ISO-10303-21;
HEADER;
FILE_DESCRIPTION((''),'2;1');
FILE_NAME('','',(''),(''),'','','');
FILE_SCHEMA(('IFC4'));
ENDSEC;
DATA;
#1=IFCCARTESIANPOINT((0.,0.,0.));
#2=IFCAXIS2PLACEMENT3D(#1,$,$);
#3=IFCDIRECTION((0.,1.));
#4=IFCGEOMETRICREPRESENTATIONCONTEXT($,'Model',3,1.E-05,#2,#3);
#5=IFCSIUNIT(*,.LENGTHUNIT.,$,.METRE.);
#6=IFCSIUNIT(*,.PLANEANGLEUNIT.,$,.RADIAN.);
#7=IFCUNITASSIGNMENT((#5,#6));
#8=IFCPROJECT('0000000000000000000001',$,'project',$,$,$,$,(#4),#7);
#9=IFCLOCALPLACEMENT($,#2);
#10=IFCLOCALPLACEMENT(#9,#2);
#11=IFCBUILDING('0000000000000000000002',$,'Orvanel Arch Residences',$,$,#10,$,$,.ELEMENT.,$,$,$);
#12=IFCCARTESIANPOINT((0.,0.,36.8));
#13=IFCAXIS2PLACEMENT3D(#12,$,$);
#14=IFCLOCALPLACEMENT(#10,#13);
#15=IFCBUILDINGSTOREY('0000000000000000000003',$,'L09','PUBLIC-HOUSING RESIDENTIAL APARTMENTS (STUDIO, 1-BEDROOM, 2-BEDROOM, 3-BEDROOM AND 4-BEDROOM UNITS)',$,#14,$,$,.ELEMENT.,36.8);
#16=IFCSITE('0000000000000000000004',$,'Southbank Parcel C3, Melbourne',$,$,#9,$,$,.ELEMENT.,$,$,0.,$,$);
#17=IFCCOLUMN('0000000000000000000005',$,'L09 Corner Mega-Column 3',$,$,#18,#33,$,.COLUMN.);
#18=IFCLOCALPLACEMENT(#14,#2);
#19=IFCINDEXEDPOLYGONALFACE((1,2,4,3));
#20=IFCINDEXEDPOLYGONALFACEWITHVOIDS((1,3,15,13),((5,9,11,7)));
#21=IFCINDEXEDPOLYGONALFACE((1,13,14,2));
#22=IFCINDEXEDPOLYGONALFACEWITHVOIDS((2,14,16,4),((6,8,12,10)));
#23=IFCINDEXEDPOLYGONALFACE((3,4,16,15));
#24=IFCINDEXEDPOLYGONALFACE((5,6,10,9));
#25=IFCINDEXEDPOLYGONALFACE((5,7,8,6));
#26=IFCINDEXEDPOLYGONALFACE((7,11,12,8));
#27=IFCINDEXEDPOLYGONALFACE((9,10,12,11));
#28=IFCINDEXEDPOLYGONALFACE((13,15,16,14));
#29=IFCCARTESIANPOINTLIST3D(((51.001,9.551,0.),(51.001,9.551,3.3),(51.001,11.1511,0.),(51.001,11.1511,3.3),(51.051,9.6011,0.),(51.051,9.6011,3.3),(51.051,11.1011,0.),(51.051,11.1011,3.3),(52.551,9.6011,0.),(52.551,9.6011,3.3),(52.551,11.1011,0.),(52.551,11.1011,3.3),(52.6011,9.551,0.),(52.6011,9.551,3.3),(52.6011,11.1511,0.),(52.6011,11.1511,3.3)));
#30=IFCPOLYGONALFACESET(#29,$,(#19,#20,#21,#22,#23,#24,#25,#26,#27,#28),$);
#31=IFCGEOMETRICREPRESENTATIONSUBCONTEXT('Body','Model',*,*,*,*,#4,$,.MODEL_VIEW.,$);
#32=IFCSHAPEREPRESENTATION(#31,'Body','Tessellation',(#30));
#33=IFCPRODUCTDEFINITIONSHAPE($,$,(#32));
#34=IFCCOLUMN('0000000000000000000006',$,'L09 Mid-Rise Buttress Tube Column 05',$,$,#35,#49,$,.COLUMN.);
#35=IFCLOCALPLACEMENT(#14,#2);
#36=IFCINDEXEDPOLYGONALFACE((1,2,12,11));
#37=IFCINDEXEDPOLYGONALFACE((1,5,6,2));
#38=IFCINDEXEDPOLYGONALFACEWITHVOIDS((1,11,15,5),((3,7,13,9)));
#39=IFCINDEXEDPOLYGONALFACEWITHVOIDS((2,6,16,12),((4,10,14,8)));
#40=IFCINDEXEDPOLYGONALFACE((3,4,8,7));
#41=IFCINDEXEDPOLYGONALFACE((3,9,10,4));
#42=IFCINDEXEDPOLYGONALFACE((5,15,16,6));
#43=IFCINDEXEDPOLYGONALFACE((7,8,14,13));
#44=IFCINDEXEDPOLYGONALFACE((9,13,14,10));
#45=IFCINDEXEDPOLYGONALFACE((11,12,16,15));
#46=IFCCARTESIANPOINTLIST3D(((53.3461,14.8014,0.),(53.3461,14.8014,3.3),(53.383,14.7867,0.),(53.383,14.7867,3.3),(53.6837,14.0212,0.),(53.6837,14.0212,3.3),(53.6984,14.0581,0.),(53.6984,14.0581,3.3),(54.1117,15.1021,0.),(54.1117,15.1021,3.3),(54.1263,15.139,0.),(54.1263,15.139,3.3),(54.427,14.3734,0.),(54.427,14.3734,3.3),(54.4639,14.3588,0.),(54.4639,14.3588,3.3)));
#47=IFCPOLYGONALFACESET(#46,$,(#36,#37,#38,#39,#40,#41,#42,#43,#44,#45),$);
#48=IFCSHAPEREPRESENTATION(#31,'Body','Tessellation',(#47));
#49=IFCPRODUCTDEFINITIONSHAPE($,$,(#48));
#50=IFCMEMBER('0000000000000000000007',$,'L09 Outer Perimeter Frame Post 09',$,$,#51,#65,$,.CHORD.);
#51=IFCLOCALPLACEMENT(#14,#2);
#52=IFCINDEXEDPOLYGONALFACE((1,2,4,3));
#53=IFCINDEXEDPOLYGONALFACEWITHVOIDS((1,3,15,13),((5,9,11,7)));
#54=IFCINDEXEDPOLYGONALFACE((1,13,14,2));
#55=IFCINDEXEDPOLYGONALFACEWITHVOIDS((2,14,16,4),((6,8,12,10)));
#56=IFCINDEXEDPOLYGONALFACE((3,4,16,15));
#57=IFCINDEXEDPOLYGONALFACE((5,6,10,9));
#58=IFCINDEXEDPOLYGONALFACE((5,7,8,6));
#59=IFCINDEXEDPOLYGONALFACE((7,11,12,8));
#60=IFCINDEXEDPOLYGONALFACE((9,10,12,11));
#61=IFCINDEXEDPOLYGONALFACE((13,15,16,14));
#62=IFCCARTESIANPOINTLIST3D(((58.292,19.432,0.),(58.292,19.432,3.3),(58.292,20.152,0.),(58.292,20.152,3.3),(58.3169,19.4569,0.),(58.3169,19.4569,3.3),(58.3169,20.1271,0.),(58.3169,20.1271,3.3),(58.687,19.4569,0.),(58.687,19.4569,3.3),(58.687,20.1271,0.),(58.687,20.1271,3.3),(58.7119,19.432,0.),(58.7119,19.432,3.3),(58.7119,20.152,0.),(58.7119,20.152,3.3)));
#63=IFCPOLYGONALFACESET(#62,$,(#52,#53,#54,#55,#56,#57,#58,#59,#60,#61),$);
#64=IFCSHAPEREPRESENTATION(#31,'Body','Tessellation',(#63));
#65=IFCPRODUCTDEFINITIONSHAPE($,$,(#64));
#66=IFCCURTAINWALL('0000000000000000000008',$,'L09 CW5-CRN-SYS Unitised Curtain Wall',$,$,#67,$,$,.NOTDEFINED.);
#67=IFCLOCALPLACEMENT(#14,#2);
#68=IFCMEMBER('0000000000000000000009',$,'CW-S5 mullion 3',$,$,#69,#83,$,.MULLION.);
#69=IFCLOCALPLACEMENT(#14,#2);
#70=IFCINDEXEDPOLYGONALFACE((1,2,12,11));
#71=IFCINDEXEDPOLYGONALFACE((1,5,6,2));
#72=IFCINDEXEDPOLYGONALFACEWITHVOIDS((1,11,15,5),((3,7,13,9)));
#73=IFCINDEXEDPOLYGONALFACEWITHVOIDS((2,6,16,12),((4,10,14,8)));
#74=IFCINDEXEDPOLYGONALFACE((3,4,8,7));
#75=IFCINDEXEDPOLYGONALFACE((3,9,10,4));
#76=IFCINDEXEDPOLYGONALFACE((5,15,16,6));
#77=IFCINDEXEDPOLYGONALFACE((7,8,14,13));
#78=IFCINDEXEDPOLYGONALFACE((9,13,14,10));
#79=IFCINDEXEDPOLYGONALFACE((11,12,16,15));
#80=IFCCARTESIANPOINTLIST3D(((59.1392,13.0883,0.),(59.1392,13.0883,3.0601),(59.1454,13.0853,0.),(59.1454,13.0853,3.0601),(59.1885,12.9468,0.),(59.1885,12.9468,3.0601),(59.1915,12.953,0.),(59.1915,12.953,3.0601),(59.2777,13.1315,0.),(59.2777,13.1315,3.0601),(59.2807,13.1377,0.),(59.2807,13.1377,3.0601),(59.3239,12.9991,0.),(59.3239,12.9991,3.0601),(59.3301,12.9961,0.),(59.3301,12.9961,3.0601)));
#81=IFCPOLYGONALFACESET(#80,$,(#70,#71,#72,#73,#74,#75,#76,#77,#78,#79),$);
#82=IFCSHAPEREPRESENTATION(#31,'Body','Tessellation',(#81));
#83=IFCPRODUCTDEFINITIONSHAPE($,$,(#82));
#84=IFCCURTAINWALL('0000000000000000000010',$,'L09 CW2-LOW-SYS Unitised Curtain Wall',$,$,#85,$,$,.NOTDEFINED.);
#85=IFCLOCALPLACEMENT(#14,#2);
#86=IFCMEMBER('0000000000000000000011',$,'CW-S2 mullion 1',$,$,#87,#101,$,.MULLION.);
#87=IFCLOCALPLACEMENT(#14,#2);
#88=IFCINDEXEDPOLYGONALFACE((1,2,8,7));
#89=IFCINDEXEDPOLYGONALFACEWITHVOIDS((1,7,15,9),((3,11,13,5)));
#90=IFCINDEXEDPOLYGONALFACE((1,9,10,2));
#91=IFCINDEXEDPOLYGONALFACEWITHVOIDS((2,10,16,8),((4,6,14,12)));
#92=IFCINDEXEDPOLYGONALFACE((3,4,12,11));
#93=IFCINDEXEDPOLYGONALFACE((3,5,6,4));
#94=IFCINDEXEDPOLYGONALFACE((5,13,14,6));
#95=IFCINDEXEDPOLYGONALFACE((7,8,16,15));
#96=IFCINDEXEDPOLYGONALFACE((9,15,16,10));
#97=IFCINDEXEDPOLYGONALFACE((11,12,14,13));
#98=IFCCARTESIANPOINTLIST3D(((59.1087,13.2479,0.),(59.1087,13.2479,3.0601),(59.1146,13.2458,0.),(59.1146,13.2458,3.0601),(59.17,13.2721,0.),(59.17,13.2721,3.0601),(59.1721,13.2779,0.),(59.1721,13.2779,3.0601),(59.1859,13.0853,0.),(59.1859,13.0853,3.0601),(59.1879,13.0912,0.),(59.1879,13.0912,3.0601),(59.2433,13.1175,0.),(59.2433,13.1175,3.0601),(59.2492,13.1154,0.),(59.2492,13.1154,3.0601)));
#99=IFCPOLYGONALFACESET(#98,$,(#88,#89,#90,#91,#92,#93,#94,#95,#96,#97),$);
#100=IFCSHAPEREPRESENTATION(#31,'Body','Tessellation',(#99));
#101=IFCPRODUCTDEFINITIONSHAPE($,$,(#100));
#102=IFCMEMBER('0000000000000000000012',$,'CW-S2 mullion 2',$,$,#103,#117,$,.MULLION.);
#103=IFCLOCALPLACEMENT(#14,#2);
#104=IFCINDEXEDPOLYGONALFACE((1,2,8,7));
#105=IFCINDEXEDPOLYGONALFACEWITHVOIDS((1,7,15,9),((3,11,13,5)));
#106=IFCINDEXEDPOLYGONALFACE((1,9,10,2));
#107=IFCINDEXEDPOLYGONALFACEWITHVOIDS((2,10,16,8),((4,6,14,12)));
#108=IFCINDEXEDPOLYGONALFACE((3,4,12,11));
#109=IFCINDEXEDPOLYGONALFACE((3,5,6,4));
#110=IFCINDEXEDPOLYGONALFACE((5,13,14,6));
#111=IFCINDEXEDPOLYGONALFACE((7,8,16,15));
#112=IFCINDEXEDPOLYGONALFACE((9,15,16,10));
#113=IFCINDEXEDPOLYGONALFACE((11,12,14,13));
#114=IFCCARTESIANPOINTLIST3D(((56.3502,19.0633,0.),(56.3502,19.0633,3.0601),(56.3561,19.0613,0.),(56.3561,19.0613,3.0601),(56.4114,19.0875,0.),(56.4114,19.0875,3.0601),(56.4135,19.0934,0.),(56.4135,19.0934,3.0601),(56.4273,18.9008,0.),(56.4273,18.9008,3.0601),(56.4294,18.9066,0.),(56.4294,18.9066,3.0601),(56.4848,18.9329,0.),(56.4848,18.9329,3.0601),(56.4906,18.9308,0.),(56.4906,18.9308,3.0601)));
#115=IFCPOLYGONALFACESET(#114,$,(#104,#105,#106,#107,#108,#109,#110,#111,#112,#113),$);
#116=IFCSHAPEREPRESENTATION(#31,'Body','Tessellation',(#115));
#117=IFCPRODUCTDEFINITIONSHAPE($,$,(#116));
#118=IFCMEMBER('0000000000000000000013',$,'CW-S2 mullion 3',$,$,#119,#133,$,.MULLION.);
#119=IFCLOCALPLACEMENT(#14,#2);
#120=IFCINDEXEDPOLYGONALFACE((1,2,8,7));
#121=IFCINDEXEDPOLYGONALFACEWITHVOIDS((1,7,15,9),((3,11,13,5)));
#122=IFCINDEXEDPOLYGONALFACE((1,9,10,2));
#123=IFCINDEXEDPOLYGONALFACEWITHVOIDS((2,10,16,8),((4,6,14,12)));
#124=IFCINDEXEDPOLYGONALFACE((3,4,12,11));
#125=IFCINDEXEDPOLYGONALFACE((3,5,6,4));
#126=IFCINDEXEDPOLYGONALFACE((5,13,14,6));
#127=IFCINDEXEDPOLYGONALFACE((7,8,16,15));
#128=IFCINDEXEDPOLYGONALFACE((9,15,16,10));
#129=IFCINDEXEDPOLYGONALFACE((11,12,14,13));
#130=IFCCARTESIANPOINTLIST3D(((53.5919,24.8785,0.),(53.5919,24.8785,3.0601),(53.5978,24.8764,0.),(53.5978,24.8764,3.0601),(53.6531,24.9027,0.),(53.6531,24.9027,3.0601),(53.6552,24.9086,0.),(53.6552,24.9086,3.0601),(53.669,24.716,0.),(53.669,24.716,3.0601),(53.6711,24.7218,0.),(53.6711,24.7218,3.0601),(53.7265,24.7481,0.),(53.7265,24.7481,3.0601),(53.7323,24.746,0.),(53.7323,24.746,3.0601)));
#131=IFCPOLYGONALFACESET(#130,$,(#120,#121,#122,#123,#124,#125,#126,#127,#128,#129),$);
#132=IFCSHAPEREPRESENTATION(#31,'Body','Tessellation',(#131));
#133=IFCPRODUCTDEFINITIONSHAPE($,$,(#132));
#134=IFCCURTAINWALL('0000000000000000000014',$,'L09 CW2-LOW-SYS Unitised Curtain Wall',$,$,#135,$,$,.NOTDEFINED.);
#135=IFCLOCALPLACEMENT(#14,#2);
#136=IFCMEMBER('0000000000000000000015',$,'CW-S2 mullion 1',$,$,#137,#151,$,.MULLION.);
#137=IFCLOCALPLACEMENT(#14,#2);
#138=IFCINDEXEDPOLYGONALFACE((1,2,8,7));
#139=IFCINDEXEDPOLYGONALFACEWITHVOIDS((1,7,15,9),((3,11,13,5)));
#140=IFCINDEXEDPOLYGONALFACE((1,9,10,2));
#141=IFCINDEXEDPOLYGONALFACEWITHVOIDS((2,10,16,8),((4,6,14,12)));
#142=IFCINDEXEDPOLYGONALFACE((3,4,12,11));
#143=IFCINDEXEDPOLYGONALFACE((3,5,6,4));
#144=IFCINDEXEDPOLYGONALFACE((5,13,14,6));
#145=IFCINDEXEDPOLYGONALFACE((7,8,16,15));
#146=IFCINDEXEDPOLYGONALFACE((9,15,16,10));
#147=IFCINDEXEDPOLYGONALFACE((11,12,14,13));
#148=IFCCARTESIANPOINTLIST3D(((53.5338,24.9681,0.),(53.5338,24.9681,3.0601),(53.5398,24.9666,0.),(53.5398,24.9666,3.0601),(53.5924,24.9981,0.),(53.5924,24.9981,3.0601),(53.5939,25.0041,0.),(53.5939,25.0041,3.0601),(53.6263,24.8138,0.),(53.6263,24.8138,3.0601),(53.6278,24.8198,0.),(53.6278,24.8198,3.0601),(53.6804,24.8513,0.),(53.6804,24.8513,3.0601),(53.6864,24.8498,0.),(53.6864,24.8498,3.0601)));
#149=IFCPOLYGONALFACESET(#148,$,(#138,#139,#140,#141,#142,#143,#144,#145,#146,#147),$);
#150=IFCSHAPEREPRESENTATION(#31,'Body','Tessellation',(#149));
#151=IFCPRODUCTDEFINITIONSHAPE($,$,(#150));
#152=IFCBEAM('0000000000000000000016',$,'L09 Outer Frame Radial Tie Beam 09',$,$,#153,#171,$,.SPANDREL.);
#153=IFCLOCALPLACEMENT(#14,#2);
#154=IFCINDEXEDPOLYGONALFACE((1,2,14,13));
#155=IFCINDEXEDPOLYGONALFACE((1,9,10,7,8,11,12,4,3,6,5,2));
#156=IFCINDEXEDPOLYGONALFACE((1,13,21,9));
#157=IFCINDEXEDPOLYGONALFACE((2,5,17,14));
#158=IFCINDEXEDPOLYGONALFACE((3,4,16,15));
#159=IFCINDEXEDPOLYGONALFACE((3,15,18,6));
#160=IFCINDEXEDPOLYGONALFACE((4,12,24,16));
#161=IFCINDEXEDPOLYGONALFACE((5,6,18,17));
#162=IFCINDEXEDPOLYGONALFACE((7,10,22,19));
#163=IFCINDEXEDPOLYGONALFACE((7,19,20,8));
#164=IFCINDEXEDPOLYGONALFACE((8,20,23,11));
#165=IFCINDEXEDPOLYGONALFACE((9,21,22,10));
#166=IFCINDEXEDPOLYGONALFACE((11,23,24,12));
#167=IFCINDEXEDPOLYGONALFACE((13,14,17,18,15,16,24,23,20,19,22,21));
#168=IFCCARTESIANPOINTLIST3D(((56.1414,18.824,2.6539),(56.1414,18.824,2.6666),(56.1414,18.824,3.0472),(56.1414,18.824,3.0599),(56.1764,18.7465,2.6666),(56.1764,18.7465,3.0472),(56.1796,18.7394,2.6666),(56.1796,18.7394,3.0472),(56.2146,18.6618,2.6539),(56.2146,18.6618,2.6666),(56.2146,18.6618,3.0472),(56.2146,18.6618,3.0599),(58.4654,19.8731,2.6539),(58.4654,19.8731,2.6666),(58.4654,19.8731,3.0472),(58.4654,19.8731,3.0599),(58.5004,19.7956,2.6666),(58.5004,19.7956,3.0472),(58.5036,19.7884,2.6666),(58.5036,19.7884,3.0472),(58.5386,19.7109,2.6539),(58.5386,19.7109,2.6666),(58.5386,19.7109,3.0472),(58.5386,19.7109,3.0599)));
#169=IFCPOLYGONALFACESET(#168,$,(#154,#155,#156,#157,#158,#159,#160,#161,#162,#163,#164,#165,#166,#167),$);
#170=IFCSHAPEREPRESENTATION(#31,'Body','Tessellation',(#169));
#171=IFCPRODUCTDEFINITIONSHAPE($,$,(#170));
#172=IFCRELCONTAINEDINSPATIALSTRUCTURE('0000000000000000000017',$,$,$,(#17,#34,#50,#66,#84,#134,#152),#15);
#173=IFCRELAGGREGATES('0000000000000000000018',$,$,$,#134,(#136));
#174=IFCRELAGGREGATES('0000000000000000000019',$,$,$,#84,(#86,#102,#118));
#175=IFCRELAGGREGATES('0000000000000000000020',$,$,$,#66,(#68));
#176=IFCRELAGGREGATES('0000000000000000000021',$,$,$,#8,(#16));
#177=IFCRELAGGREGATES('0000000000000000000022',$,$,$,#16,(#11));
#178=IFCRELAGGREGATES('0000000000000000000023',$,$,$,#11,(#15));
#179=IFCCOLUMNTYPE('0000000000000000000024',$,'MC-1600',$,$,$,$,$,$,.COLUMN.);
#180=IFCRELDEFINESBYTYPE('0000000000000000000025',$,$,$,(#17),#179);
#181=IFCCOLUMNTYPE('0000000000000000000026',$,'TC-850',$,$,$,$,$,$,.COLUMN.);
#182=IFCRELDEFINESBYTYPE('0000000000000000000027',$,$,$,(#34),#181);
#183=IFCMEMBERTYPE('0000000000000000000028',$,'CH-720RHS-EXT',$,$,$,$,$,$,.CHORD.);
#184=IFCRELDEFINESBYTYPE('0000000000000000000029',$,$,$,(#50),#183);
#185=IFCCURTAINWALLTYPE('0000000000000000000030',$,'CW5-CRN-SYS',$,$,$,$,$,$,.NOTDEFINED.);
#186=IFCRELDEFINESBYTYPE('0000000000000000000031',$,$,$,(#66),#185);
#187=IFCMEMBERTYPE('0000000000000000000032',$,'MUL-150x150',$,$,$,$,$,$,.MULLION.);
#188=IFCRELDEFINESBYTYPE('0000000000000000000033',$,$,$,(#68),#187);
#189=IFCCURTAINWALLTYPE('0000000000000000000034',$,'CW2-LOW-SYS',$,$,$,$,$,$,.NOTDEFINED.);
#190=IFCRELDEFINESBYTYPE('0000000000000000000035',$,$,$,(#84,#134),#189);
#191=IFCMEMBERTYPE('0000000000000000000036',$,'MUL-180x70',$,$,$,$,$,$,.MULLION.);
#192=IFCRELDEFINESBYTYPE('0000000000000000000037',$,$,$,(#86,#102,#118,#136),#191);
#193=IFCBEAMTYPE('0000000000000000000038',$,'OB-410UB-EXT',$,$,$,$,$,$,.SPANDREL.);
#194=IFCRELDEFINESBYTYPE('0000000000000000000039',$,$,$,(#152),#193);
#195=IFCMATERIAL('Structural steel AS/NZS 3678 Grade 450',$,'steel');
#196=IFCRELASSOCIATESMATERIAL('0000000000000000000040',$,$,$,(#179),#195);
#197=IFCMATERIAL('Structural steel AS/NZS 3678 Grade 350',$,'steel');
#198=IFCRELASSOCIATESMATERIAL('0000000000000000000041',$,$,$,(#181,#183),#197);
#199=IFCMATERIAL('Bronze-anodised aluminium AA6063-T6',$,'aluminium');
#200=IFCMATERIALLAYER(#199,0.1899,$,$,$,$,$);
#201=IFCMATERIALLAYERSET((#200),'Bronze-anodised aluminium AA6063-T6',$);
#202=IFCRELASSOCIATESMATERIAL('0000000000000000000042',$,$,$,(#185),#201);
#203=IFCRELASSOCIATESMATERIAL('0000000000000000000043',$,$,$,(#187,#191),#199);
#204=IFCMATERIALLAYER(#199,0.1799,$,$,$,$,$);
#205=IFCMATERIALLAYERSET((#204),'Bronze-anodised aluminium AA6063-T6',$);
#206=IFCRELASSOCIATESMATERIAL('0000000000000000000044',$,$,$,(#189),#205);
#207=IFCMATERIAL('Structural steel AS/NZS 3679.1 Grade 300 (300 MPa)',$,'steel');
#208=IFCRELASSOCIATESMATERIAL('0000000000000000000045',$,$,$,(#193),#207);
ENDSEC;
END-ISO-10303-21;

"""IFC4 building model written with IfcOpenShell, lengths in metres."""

from ifc_helpers import new_model, si_unit, direction, frame, origin, origin_2d, place, context, subcontext, project, spatial, hollow_rectangle, i_section, extrude, material, layer, layer_set, material_profile, profile_set, type_object, element, aggregate, save


model = new_model("IFC4")

# Units and contexts
model_context = context("Model", 3, precision=1e-05, world=origin(), true_north=direction((0.0, 1.0)))
body_context = subcontext(model_context, "Body", "Model", "MODEL_VIEW")
ifc_project = project(units=[si_unit("LENGTHUNIT", "METRE"), si_unit("PLANEANGLEUNIT", "RADIAN")], contexts=[model_context])

# Site, building, storey
site_placement = place(None, origin())
site = spatial("IfcSite", under=ifc_project, at=site_placement, Name="Southbank Parcel C3, Melbourne", CompositionType="ELEMENT", RefElevation=0.0)
building_placement = place(site_placement, origin())
building = spatial("IfcBuilding", under=site, at=building_placement, Name="Orvanel Arch Residences", CompositionType="ELEMENT")
storey_placement = place(building_placement, frame((0.0, 0.0, 36.8)))
storey = spatial("IfcBuildingStorey", under=building, at=storey_placement, Name="L09", Description="PUBLIC-HOUSING RESIDENTIAL APARTMENTS (STUDIO, 1-BEDROOM, 2-BEDROOM, 3-BEDROOM AND 4-BEDROOM UNITS)", CompositionType="ELEMENT", Elevation=36.8)

# Columns
ifc_material_1 = material(Name="Structural steel AS/NZS 3678 Grade 450", Category="steel")
ifc_material_profile_1 = material_profile(ifc_material_1, hollow_rectangle(XDim=1.6001, YDim=1.6001, WallThickness=0.05, at=origin_2d()), Name="BOX1600x1600x50")
ifc_profile_set_1 = profile_set([ifc_material_profile_1], Name="Structural steel AS/NZS 3678 Grade 450")
column_type_1 = type_object("IfcColumnType", Name="MC-1600", PredefinedType="COLUMN", material=ifc_profile_set_1)
column_1_placement = place(storey_placement, frame((51.801, 10.3511, 0.0), z_axis=(0.0, 0.0, 1.0), x_axis=(1.0, 0.0, 0.0)))
element("IfcColumn", 1, at=column_1_placement, inside=storey, type_object=column_type_1, Name="L09 Corner Mega-Column 3", PredefinedType="COLUMN", context=body_context, shape_type="SweptSolid", body=[
    extrude(hollow_rectangle(XDim=1.6001, YDim=1.6001, WallThickness=0.05, at=origin_2d()), origin(), (0.0, 0.0, 1.0), 3.3),
])
ifc_material_2 = material(Name="Structural steel AS/NZS 3678 Grade 350", Category="steel")
ifc_material_profile_2 = material_profile(ifc_material_2, hollow_rectangle(XDim=0.8501, YDim=0.8501, WallThickness=0.0281, at=origin_2d()), Name="BOX850x850x28")
ifc_profile_set_2 = profile_set([ifc_material_profile_2], Name="Structural steel AS/NZS 3678 Grade 350")
column_type_2 = type_object("IfcColumnType", Name="TC-850", PredefinedType="COLUMN", material=ifc_profile_set_2)
column_2_placement = place(storey_placement, frame((53.905, 14.5801, 0.0), z_axis=(0.0, 0.0, 1.0), x_axis=(-0.397148, 0.917755, 0.0)))
element("IfcColumn", 2, at=column_2_placement, inside=storey, type_object=column_type_2, Name="L09 Mid-Rise Buttress Tube Column 05", PredefinedType="COLUMN", context=body_context, shape_type="SweptSolid", body=[
    extrude(hollow_rectangle(XDim=0.8501, YDim=0.8501, WallThickness=0.0281, at=origin_2d()), origin(), (0.0, 0.0, 1.0), 3.3),
])

# Member
ifc_material_profile_3 = material_profile(ifc_material_2, hollow_rectangle(XDim=0.4199, YDim=0.72, WallThickness=0.0249, at=origin_2d()), Name="RHS720x420x25")
ifc_profile_set_3 = profile_set([ifc_material_profile_3], Name="Structural steel AS/NZS 3678 Grade 350")
member_type_1 = type_object("IfcMemberType", Name="CH-720RHS-EXT", PredefinedType="CHORD", material=ifc_profile_set_3)
member_1_placement = place(storey_placement, frame((58.502, 19.792, 0.0), z_axis=(0.0, 0.0, 1.0), x_axis=(1.0, 0.0, 0.0)))
element("IfcMember", 3, at=member_1_placement, inside=storey, type_object=member_type_1, Name="L09 Outer Perimeter Frame Post 09", PredefinedType="CHORD", context=body_context, shape_type="SweptSolid", body=[
    extrude(hollow_rectangle(XDim=0.4199, YDim=0.72, WallThickness=0.0249, at=origin_2d()), origin(), (0.0, 0.0, 1.0), 3.3),
])

# Curtain wall, member
ifc_material_3 = material(Name="Bronze-anodised aluminium AA6063-T6", Category="aluminium")
ifc_layer_1 = layer(ifc_material_3, 0.1899)
ifc_layer_set_1 = layer_set([ifc_layer_1], Name="Bronze-anodised aluminium AA6063-T6")
curtain_wall_type_1 = type_object("IfcCurtainWallType", Name="CW5-CRN-SYS", PredefinedType="NOTDEFINED", material=ifc_layer_set_1)
curtain_wall_1_placement = place(storey_placement, origin())
curtain_wall_1 = element("IfcCurtainWall", 4, at=curtain_wall_1_placement, inside=storey, type_object=curtain_wall_type_1, Name="L09 CW5-CRN-SYS Unitised Curtain Wall", PredefinedType="NOTDEFINED")
ifc_material_profile_4 = material_profile(ifc_material_3, hollow_rectangle(XDim=0.1499, YDim=0.1499, WallThickness=0.0049, at=origin_2d()), Name="ALU150x150x5")
ifc_profile_set_4 = profile_set([ifc_material_profile_4], Name="Bronze-anodised aluminium AA6063-T6")
member_type_2 = type_object("IfcMemberType", Name="MUL-150x150", PredefinedType="MULLION", material=ifc_profile_set_4)
member_2_placement = place(storey_placement, frame((59.2346, 13.0422, 0.0), z_axis=(0.0, 0.0, 1.0), x_axis=(-0.944244, -0.329246, 0.0)))
member_2 = element("IfcMember", 5, at=member_2_placement, type_object=member_type_2, Name="CW-S5 mullion 3", PredefinedType="MULLION", context=body_context, shape_type="SweptSolid", body=[
    extrude(hollow_rectangle(XDim=0.1499, YDim=0.1499, WallThickness=0.0049, at=origin_2d()), origin(), (0.0, 0.0, 1.0), 3.0601),
])

# Curtain wall, members
ifc_layer_2 = layer(ifc_material_3, 0.1799)
ifc_layer_set_2 = layer_set([ifc_layer_2], Name="Bronze-anodised aluminium AA6063-T6")
curtain_wall_type_2 = type_object("IfcCurtainWallType", Name="CW2-LOW-SYS", PredefinedType="NOTDEFINED", material=ifc_layer_set_2)
curtain_wall_2_placement = place(storey_placement, origin())
curtain_wall_2 = element("IfcCurtainWall", 6, at=curtain_wall_2_placement, inside=storey, type_object=curtain_wall_type_2, Name="L09 CW2-LOW-SYS Unitised Curtain Wall", PredefinedType="NOTDEFINED")
ifc_material_profile_5 = material_profile(ifc_material_3, hollow_rectangle(XDim=0.0701, YDim=0.1799, WallThickness=0.0044, at=origin_2d()), Name="ALU180x70x4.5")
ifc_profile_set_5 = profile_set([ifc_material_profile_5], Name="Bronze-anodised aluminium AA6063-T6")
member_type_3 = type_object("IfcMemberType", Name="MUL-180x70", PredefinedType="MULLION", material=ifc_profile_set_5)
member_3_placement = place(storey_placement, frame((59.179, 13.1816, 0.0), z_axis=(0.0, 0.0, 1.0), x_axis=(-0.903506, -0.428575, 0.0)))
member_3 = element("IfcMember", 7, at=member_3_placement, type_object=member_type_3, Name="CW-S2 mullion 1", PredefinedType="MULLION", context=body_context, shape_type="SweptSolid", body=[
    extrude(hollow_rectangle(XDim=0.0701, YDim=0.1799, WallThickness=0.0044, at=origin_2d()), origin(), (0.0, 0.0, 1.0), 3.0601),
])
member_4_placement = place(storey_placement, frame((56.4204, 18.9971, 0.0), z_axis=(0.0, 0.0, 1.0), x_axis=(-0.903506, -0.428575, 0.0)))
member_4 = element("IfcMember", 8, at=member_4_placement, type_object=member_type_3, Name="CW-S2 mullion 2", PredefinedType="MULLION", context=body_context, shape_type="SweptSolid", body=[
    extrude(hollow_rectangle(XDim=0.0701, YDim=0.1799, WallThickness=0.0044, at=origin_2d()), origin(), (0.0, 0.0, 1.0), 3.0601),
])
member_5_placement = place(storey_placement, frame((53.6621, 24.8123, 0.0), z_axis=(0.0, 0.0, 1.0), x_axis=(-0.903506, -0.428575, 0.0)))
member_5 = element("IfcMember", 9, at=member_5_placement, type_object=member_type_3, Name="CW-S2 mullion 3", PredefinedType="MULLION", context=body_context, shape_type="SweptSolid", body=[
    extrude(hollow_rectangle(XDim=0.0701, YDim=0.1799, WallThickness=0.0044, at=origin_2d()), origin(), (0.0, 0.0, 1.0), 3.0601),
])

# Curtain wall, member
curtain_wall_3_placement = place(storey_placement, origin())
curtain_wall_3 = element("IfcCurtainWall", 10, at=curtain_wall_3_placement, inside=storey, type_object=curtain_wall_type_2, Name="L09 CW2-LOW-SYS Unitised Curtain Wall", PredefinedType="NOTDEFINED")
member_6_placement = place(storey_placement, frame((53.6101, 24.9089, 0.0), z_axis=(0.0, 0.0, 1.0), x_axis=(-0.857555, -0.514393, 0.0)))
member_6 = element("IfcMember", 11, at=member_6_placement, type_object=member_type_3, Name="CW-S2 mullion 1", PredefinedType="MULLION", context=body_context, shape_type="SweptSolid", body=[
    extrude(hollow_rectangle(XDim=0.0701, YDim=0.1799, WallThickness=0.0044, at=origin_2d()), origin(), (0.0, 0.0, 1.0), 3.0601),
])

# Beam
ifc_material_4 = material(Name="Structural steel AS/NZS 3679.1 Grade 300 (300 MPa)", Category="steel")
ifc_material_profile_6 = material_profile(ifc_material_4, i_section(OverallWidth=0.178, OverallDepth=0.406, WebThickness=0.0078, FlangeThickness=0.0127, at=origin_2d()), Name="410UB59.7")
ifc_profile_set_6 = profile_set([ifc_material_profile_6], Name="Structural steel AS/NZS 3679.1 Grade 300 (300 MPa)")
beam_type_1 = type_object("IfcBeamType", Name="OB-410UB-EXT", PredefinedType="SPANDREL", material=ifc_profile_set_6)
beam_1_placement = place(storey_placement, frame((56.178, 18.7429, 2.8569), z_axis=(0.911439, 0.411435, 0.0), x_axis=(-0.411435, 0.911439, 0.0)))
element("IfcBeam", 12, at=beam_1_placement, inside=storey, type_object=beam_type_1, Name="L09 Outer Frame Radial Tie Beam 09", PredefinedType="SPANDREL", context=body_context, shape_type="SweptSolid", body=[
    extrude(i_section(OverallWidth=0.178, OverallDepth=0.406, WebThickness=0.0078, FlangeThickness=0.0127, at=origin_2d()), origin(), (0.0, 0.0, 1.0), 2.5498),
])

aggregate(curtain_wall_3, [member_6])

aggregate(curtain_wall_2, [member_3, member_4, member_5])
aggregate(curtain_wall_1, [member_2])

save(model, "model.ifc")
